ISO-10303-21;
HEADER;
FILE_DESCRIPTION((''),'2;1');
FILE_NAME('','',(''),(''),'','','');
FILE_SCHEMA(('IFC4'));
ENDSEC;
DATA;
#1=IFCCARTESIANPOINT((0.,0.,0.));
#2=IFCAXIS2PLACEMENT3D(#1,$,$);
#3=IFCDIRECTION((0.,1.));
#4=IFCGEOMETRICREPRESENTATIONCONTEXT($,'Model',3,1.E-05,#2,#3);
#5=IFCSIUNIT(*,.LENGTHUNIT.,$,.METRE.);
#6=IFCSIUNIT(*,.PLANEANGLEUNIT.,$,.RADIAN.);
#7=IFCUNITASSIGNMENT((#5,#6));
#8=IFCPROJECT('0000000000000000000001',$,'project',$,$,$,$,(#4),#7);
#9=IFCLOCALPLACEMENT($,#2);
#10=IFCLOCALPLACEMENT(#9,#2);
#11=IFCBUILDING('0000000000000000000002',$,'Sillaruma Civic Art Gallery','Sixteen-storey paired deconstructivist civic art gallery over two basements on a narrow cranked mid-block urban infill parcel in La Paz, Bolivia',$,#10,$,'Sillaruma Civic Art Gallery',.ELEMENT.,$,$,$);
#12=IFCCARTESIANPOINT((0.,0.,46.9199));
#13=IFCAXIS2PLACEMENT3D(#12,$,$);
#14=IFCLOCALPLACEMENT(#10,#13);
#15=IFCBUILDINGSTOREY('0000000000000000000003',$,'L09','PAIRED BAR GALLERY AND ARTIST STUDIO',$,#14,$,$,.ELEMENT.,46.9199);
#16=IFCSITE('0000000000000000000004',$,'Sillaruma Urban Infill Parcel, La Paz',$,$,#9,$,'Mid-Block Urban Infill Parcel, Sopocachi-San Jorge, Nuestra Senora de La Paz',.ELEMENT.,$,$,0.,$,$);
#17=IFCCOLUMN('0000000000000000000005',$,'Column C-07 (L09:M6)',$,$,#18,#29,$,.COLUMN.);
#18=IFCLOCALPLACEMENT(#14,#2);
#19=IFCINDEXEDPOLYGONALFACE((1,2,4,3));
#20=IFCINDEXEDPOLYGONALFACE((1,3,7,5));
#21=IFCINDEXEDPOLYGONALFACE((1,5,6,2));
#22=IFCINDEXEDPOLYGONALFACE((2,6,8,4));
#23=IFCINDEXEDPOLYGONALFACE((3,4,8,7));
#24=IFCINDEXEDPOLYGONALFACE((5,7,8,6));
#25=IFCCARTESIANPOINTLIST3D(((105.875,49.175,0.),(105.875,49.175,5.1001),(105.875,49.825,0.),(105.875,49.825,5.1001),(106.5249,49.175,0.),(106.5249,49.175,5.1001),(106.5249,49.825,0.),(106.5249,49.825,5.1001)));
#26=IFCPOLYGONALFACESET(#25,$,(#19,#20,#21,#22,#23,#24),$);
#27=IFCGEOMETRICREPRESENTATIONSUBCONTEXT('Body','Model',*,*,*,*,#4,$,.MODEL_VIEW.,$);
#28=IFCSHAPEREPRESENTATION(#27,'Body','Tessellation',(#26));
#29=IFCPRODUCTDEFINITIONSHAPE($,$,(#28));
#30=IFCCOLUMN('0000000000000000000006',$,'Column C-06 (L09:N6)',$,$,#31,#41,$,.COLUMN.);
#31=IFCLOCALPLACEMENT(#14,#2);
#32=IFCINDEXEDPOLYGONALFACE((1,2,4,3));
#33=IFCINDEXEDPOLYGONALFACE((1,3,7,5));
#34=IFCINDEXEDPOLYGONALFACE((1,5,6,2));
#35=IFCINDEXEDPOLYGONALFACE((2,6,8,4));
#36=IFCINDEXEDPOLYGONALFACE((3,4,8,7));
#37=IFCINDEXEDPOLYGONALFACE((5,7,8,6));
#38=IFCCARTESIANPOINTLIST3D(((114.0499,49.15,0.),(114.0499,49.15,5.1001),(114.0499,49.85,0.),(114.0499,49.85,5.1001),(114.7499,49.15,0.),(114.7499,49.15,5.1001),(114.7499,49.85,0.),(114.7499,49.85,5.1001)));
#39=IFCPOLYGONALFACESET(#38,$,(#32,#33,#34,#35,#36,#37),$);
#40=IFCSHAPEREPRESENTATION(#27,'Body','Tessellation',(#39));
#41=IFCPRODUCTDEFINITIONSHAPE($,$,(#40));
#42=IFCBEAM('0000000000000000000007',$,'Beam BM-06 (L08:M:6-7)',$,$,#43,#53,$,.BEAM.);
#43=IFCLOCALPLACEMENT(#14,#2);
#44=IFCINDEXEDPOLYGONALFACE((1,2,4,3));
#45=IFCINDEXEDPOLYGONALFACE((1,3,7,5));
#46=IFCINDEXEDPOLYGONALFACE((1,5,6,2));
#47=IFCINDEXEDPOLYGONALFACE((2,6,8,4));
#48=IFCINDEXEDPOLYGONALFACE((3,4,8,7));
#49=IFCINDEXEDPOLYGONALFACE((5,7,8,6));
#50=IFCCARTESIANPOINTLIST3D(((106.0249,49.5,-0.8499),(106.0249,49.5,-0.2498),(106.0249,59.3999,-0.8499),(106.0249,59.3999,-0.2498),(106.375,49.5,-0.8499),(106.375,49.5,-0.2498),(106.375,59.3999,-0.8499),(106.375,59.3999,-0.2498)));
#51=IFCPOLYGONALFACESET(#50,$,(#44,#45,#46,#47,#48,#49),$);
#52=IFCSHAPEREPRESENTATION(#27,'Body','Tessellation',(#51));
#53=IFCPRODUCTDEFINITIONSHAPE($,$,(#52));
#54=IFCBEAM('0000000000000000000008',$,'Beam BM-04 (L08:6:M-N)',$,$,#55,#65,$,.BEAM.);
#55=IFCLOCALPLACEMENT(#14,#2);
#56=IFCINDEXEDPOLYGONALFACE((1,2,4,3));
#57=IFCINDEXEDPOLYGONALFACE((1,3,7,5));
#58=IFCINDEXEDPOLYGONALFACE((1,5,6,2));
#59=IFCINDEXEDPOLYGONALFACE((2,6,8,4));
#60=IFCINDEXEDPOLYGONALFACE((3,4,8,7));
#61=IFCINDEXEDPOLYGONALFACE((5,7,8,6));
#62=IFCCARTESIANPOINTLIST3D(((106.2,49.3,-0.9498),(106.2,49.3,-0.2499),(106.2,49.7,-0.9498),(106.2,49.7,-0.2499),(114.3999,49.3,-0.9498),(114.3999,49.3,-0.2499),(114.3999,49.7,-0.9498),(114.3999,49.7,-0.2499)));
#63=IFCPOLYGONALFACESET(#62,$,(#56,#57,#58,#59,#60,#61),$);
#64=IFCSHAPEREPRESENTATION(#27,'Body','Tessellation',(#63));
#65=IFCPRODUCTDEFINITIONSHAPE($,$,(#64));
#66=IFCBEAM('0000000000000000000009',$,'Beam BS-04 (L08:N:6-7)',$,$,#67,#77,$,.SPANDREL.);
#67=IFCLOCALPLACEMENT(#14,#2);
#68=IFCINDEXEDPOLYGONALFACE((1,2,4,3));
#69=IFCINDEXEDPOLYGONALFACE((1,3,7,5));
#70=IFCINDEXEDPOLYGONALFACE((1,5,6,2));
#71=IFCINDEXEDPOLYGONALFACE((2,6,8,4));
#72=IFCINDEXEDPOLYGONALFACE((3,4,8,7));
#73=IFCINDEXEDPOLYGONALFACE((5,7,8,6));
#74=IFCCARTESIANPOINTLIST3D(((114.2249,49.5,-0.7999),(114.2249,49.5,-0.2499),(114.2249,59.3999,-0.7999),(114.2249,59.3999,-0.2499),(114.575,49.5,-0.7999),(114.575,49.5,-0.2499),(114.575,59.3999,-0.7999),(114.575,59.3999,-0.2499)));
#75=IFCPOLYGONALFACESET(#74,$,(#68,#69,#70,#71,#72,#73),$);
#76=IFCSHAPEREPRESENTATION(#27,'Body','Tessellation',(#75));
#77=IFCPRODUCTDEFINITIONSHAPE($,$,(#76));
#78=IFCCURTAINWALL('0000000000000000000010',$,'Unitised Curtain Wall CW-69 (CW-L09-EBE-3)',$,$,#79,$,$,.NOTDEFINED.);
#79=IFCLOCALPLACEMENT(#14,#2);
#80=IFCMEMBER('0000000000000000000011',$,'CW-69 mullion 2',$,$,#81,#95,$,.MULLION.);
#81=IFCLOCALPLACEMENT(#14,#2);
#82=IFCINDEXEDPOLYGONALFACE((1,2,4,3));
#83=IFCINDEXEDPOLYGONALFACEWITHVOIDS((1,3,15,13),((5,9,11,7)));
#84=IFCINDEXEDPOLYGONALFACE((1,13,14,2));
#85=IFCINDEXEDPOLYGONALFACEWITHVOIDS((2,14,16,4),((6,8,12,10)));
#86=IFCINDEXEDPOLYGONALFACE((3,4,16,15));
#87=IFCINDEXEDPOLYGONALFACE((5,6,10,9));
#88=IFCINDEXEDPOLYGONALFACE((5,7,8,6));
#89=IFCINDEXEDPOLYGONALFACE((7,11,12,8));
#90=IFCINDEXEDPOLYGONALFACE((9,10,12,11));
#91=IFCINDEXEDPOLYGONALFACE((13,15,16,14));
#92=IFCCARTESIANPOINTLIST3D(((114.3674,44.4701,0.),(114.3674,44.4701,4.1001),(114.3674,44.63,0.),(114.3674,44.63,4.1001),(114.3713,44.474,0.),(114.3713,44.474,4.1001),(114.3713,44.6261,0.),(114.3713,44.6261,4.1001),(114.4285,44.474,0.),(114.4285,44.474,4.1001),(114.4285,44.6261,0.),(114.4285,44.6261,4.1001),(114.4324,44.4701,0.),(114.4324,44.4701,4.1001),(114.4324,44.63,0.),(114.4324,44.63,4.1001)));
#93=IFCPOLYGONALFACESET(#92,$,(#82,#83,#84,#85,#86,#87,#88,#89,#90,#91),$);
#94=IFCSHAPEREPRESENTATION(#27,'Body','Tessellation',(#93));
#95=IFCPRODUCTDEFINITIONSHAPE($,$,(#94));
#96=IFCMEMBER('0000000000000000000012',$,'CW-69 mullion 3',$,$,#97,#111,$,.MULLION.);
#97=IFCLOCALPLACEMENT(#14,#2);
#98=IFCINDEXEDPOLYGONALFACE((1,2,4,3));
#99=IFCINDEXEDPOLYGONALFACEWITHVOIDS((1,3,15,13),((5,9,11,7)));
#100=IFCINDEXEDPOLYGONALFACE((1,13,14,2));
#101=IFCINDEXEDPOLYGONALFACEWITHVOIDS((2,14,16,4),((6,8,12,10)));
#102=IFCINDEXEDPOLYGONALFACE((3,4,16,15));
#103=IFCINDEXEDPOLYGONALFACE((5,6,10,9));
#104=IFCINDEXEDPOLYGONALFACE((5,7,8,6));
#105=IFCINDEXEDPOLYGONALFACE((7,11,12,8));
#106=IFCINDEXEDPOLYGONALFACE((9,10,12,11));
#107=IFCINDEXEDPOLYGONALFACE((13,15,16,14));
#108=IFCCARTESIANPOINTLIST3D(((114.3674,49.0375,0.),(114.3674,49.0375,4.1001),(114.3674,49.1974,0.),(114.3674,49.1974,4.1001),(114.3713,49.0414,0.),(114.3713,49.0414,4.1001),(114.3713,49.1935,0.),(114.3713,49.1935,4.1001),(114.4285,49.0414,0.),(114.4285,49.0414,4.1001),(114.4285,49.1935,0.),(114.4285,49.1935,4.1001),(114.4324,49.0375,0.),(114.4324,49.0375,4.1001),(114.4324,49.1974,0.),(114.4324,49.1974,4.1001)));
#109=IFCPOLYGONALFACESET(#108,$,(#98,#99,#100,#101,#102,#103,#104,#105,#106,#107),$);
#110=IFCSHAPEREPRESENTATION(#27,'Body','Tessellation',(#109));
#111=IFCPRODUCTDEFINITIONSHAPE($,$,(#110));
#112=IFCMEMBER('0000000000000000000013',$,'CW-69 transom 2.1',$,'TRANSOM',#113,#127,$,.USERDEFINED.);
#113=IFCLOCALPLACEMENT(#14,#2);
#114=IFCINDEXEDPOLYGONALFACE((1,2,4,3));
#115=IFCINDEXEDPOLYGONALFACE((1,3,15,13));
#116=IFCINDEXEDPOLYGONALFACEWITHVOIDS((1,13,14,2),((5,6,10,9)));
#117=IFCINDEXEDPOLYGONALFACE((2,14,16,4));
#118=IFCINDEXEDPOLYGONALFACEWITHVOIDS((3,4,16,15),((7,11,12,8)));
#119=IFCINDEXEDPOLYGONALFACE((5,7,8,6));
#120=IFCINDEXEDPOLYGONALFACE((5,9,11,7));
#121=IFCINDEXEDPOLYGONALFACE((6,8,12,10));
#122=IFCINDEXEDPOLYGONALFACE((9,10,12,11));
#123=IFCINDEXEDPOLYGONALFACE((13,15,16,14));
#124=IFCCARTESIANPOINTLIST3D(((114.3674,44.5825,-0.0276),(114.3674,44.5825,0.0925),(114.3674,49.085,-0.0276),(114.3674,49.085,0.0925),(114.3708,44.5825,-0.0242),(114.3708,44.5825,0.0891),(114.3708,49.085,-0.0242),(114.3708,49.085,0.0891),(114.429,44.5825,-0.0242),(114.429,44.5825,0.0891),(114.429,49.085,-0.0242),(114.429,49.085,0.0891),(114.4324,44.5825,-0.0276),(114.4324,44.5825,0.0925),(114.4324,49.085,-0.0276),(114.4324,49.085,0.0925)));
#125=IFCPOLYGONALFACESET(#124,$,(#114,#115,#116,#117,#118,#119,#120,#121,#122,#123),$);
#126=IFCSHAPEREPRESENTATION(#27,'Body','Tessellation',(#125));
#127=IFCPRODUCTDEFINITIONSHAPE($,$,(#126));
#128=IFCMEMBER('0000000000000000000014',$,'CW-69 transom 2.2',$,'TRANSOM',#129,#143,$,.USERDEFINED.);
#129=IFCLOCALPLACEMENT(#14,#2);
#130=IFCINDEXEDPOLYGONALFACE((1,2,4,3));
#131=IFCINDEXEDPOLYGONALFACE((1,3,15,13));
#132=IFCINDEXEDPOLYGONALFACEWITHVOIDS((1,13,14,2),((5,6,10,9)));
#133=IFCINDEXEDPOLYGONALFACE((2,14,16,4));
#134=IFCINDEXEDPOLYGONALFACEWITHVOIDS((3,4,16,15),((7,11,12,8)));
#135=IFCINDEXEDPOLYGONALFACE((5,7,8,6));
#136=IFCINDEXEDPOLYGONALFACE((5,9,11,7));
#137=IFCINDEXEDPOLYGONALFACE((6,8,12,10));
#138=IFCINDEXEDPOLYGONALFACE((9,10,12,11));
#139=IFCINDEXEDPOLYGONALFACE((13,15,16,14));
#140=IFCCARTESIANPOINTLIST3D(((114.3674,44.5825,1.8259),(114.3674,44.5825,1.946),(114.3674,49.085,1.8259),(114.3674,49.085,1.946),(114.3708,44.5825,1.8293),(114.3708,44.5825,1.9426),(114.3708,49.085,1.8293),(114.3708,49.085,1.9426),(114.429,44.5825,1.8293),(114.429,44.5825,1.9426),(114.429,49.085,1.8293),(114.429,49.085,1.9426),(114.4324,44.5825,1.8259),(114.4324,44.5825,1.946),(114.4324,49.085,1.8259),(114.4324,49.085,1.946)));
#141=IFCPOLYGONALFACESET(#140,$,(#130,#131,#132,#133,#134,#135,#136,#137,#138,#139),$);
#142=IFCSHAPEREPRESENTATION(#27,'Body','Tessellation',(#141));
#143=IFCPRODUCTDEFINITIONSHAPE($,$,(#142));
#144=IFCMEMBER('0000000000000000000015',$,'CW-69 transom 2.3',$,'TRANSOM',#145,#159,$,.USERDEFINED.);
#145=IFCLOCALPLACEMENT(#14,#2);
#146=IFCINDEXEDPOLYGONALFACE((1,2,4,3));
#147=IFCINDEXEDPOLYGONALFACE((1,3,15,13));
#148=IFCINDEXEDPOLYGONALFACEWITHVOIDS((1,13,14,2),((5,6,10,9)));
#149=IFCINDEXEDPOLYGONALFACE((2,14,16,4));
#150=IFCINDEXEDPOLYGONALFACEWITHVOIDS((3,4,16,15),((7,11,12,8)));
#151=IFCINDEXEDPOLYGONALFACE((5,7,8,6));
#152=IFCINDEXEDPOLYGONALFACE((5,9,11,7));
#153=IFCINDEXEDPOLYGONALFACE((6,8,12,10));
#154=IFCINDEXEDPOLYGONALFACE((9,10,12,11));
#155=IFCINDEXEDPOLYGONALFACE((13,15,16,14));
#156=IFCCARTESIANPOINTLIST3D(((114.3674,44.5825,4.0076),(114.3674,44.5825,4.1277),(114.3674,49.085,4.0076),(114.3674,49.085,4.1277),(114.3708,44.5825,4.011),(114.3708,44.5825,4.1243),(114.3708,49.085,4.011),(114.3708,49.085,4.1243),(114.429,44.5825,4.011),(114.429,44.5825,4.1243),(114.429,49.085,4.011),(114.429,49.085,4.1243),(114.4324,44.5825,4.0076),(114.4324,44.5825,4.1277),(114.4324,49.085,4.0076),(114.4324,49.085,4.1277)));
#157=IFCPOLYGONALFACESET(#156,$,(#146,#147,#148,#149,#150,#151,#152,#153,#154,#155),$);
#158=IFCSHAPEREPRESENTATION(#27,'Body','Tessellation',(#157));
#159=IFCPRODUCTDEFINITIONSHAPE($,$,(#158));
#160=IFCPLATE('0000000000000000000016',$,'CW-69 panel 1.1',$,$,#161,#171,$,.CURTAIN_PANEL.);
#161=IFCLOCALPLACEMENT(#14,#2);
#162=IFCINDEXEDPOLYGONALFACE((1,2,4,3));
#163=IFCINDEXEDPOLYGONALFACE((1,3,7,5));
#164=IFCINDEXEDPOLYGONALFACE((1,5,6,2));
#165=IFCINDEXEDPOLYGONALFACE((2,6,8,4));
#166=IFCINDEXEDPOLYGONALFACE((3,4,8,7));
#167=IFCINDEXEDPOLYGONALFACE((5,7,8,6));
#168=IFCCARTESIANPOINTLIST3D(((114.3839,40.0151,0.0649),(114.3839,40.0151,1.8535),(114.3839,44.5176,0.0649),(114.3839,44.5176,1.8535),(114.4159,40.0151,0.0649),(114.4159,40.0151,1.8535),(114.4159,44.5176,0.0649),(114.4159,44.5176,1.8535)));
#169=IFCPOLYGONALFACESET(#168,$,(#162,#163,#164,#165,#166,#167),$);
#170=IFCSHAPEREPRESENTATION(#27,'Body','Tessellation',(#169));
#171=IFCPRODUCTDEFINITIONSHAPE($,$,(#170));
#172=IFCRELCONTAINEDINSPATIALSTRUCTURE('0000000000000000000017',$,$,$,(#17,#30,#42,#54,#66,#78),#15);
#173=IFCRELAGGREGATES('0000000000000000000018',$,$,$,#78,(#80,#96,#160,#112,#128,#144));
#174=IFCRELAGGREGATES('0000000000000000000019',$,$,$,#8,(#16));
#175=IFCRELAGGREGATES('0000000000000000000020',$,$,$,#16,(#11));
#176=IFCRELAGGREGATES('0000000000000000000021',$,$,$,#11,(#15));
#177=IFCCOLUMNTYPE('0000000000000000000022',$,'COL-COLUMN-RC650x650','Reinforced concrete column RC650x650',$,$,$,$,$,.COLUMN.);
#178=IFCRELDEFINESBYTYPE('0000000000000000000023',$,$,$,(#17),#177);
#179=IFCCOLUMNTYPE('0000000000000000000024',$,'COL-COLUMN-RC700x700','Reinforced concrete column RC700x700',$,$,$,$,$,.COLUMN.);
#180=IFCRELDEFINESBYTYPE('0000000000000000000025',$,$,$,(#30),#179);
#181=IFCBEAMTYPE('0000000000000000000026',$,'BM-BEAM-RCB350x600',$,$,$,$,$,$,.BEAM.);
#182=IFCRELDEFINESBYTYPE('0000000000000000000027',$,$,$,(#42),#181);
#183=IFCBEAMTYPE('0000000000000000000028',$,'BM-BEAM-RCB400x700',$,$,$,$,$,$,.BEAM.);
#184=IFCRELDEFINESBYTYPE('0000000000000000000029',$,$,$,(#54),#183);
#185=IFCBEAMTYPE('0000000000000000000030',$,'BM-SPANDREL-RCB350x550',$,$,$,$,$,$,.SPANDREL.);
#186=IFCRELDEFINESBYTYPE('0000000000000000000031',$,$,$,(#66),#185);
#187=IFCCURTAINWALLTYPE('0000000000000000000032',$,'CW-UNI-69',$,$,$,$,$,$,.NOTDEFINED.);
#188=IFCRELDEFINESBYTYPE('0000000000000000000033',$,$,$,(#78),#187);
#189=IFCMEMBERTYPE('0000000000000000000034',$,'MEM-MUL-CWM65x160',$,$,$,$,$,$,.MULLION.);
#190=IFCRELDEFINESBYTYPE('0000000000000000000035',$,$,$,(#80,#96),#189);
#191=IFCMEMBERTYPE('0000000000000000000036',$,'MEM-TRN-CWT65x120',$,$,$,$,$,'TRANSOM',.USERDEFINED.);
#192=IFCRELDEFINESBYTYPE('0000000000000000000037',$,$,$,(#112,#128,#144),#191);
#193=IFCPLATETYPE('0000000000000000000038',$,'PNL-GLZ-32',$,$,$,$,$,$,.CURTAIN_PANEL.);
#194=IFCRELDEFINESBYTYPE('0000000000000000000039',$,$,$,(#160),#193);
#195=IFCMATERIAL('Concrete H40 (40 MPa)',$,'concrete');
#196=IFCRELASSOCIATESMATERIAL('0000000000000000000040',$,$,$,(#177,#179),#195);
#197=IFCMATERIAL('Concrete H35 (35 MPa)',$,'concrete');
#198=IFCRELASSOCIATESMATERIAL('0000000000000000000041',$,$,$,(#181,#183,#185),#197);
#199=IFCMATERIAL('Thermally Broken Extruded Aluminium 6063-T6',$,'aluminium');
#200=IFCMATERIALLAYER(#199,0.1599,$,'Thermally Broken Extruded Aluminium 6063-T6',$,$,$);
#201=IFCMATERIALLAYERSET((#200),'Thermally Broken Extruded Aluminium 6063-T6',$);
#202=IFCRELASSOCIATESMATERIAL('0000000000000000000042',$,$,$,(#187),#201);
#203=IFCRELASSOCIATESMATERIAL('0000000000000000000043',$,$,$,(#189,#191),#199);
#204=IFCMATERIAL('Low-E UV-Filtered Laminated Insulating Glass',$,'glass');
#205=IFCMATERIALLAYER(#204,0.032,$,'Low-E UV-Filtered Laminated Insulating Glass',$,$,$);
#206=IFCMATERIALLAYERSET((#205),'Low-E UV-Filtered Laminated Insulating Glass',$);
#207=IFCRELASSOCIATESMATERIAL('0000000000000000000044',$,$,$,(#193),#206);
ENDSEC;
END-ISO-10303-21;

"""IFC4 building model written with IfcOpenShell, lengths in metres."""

from ifc_helpers import new_model, si_unit, direction, frame, origin, origin_2d, place, context, subcontext, project, spatial, rectangle, hollow_rectangle, extrude, material, layer, layer_set, material_profile, profile_set, type_object, element, aggregate, save


model = new_model("IFC4")

# Units and contexts
model_context = context("Model", 3, precision=1e-05, world=origin(), true_north=direction((0.0, 1.0)))
body_context = subcontext(model_context, "Body", "Model", "MODEL_VIEW")
ifc_project = project(units=[si_unit("LENGTHUNIT", "METRE"), si_unit("PLANEANGLEUNIT", "RADIAN")], contexts=[model_context])

# Site, building, storey
site_placement = place(None, origin())
site = spatial("IfcSite", under=ifc_project, at=site_placement, Name="Sillaruma Urban Infill Parcel, La Paz", LongName="Mid-Block Urban Infill Parcel, Sopocachi-San Jorge, Nuestra Senora de La Paz", CompositionType="ELEMENT", RefElevation=0.0)
building_placement = place(site_placement, origin())
building = spatial("IfcBuilding", under=site, at=building_placement, Name="Sillaruma Civic Art Gallery", Description="Sixteen-storey paired deconstructivist civic art gallery over two basements on a narrow cranked mid-block urban infill parcel in La Paz, Bolivia", LongName="Sillaruma Civic Art Gallery", CompositionType="ELEMENT")
storey_placement = place(building_placement, frame((0.0, 0.0, 46.9199)))
storey = spatial("IfcBuildingStorey", under=building, at=storey_placement, Name="L09", Description="PAIRED BAR GALLERY AND ARTIST STUDIO", CompositionType="ELEMENT", Elevation=46.9199)

# Columns
ifc_material_1 = material(Name="Concrete H40 (40 MPa)", Category="concrete")
ifc_material_profile_1 = material_profile(ifc_material_1, rectangle(XDim=0.6499, YDim=0.6499, at=origin_2d()), Name="RC650x650")
ifc_profile_set_1 = profile_set([ifc_material_profile_1], Name="Concrete H40 (40 MPa)")
column_type_1 = type_object("IfcColumnType", Name="COL-COLUMN-RC650x650", Description="Reinforced concrete column RC650x650", PredefinedType="COLUMN", material=ifc_profile_set_1)
column_1_placement = place(storey_placement, frame((106.2, 49.5, 0.0), z_axis=(0.0, 0.0, 1.0), x_axis=(1.0, 0.0, 0.0)))
element("IfcColumn", 1, at=column_1_placement, inside=storey, type_object=column_type_1, Name="Column C-07 (L09:M6)", PredefinedType="COLUMN", context=body_context, shape_type="SweptSolid", body=[
    extrude(rectangle(XDim=0.6499, YDim=0.6499, at=origin_2d()), origin(), (0.0, 0.0, 1.0), 5.1001),
])
ifc_material_profile_2 = material_profile(ifc_material_1, rectangle(XDim=0.7, YDim=0.7, at=origin_2d()), Name="RC700x700")
ifc_profile_set_2 = profile_set([ifc_material_profile_2], Name="Concrete H40 (40 MPa)")
column_type_2 = type_object("IfcColumnType", Name="COL-COLUMN-RC700x700", Description="Reinforced concrete column RC700x700", PredefinedType="COLUMN", material=ifc_profile_set_2)
column_2_placement = place(storey_placement, frame((114.3999, 49.5, 0.0), z_axis=(0.0, 0.0, 1.0), x_axis=(1.0, 0.0, 0.0)))
element("IfcColumn", 2, at=column_2_placement, inside=storey, type_object=column_type_2, Name="Column C-06 (L09:N6)", PredefinedType="COLUMN", context=body_context, shape_type="SweptSolid", body=[
    extrude(rectangle(XDim=0.7, YDim=0.7, at=origin_2d()), origin(), (0.0, 0.0, 1.0), 5.1001),
])

# Beams
ifc_material_2 = material(Name="Concrete H35 (35 MPa)", Category="concrete")
ifc_material_profile_3 = material_profile(ifc_material_2, rectangle(XDim=0.3501, YDim=0.6001, at=origin_2d()), Name="RCB350x600")
ifc_profile_set_3 = profile_set([ifc_material_profile_3], Name="Concrete H35 (35 MPa)")
beam_type_1 = type_object("IfcBeamType", Name="BM-BEAM-RCB350x600", PredefinedType="BEAM", material=ifc_profile_set_3)
beam_1_placement = place(storey_placement, frame((106.2, 49.5, -0.5498), z_axis=(0.0, 1.0, 0.0), x_axis=(-1.0, 0.0, 0.0)))
element("IfcBeam", 3, at=beam_1_placement, inside=storey, type_object=beam_type_1, Name="Beam BM-06 (L08:M:6-7)", PredefinedType="BEAM", context=body_context, shape_type="SweptSolid", body=[
    extrude(rectangle(XDim=0.3501, YDim=0.6001, at=origin_2d()), origin(), (0.0, 0.0, 1.0), 9.8999),
])
ifc_material_profile_4 = material_profile(ifc_material_2, rectangle(XDim=0.3999, YDim=0.7, at=origin_2d()), Name="RCB400x700")
ifc_profile_set_4 = profile_set([ifc_material_profile_4], Name="Concrete H35 (35 MPa)")
beam_type_2 = type_object("IfcBeamType", Name="BM-BEAM-RCB400x700", PredefinedType="BEAM", material=ifc_profile_set_4)
beam_2_placement = place(storey_placement, frame((106.2, 49.5, -0.5999), z_axis=(1.0, 0.0, 0.0), x_axis=(0.0, 1.0, 0.0)))
element("IfcBeam", 4, at=beam_2_placement, inside=storey, type_object=beam_type_2, Name="Beam BM-04 (L08:6:M-N)", PredefinedType="BEAM", context=body_context, shape_type="SweptSolid", body=[
    extrude(rectangle(XDim=0.3999, YDim=0.7, at=origin_2d()), origin(), (0.0, 0.0, 1.0), 8.2),
])
ifc_material_profile_5 = material_profile(ifc_material_2, rectangle(XDim=0.3501, YDim=0.55, at=origin_2d()), Name="RCB350x550")
ifc_profile_set_5 = profile_set([ifc_material_profile_5], Name="Concrete H35 (35 MPa)")
beam_type_3 = type_object("IfcBeamType", Name="BM-SPANDREL-RCB350x550", PredefinedType="SPANDREL", material=ifc_profile_set_5)
beam_3_placement = place(storey_placement, frame((114.3999, 49.5, -0.5249), z_axis=(0.0, 1.0, 0.0), x_axis=(-1.0, 0.0, 0.0)))
element("IfcBeam", 5, at=beam_3_placement, inside=storey, type_object=beam_type_3, Name="Beam BS-04 (L08:N:6-7)", PredefinedType="SPANDREL", context=body_context, shape_type="SweptSolid", body=[
    extrude(rectangle(XDim=0.3501, YDim=0.55, at=origin_2d()), origin(), (0.0, 0.0, 1.0), 9.8999),
])

# Curtain wall, members, plate
ifc_material_3 = material(Name="Thermally Broken Extruded Aluminium 6063-T6", Category="aluminium")
ifc_layer_1 = layer(ifc_material_3, 0.1599, Name="Thermally Broken Extruded Aluminium 6063-T6")
ifc_layer_set_1 = layer_set([ifc_layer_1], Name="Thermally Broken Extruded Aluminium 6063-T6")
curtain_wall_type = type_object("IfcCurtainWallType", Name="CW-UNI-69", PredefinedType="NOTDEFINED", material=ifc_layer_set_1)
curtain_wall_placement = place(storey_placement, origin())
curtain_wall = element("IfcCurtainWall", 6, at=curtain_wall_placement, inside=storey, type_object=curtain_wall_type, Name="Unitised Curtain Wall CW-69 (CW-L09-EBE-3)", PredefinedType="NOTDEFINED")
ifc_material_profile_6 = material_profile(ifc_material_3, hollow_rectangle(XDim=0.0649, YDim=0.1599, WallThickness=0.0039, at=origin_2d()), Name="CWM65x160")
ifc_profile_set_6 = profile_set([ifc_material_profile_6], Name="Thermally Broken Extruded Aluminium 6063-T6")
member_type_1 = type_object("IfcMemberType", Name="MEM-MUL-CWM65x160", PredefinedType="MULLION", material=ifc_profile_set_6)
member_1_placement = place(storey_placement, frame((114.3999, 44.55, 0.0), z_axis=(0.0, 0.0, 1.0), x_axis=(-1.0, 0.0, 0.0)))
member_1 = element("IfcMember", 7, at=member_1_placement, type_object=member_type_1, Name="CW-69 mullion 2", PredefinedType="MULLION", context=body_context, shape_type="SweptSolid", body=[
    extrude(hollow_rectangle(XDim=0.0649, YDim=0.1599, WallThickness=0.0039, at=origin_2d()), origin(), (0.0, 0.0, 1.0), 4.1001),
])
member_2_placement = place(storey_placement, frame((114.3999, 49.1174, 0.0), z_axis=(0.0, 0.0, 1.0), x_axis=(-1.0, 0.0, 0.0)))
member_2 = element("IfcMember", 8, at=member_2_placement, type_object=member_type_1, Name="CW-69 mullion 3", PredefinedType="MULLION", context=body_context, shape_type="SweptSolid", body=[
    extrude(hollow_rectangle(XDim=0.0649, YDim=0.1599, WallThickness=0.0039, at=origin_2d()), origin(), (0.0, 0.0, 1.0), 4.1001),
])
ifc_material_profile_7 = material_profile(ifc_material_3, hollow_rectangle(XDim=0.0649, YDim=0.1201, WallThickness=0.0034, at=origin_2d()), Name="CWT65x120")
ifc_profile_set_7 = profile_set([ifc_material_profile_7], Name="Thermally Broken Extruded Aluminium 6063-T6")
member_type_2 = type_object("IfcMemberType", Name="MEM-TRN-CWT65x120", ElementType="TRANSOM", PredefinedType="USERDEFINED", material=ifc_profile_set_7)
member_3_placement = place(storey_placement, frame((114.3999, 44.5825, 0.0325), z_axis=(0.0, 1.0, 0.0), x_axis=(-1.0, 0.0, 0.0)))
member_3 = element("IfcMember", 9, at=member_3_placement, type_object=member_type_2, Name="CW-69 transom 2.1", ObjectType="TRANSOM", PredefinedType="USERDEFINED", context=body_context, shape_type="SweptSolid", body=[
    extrude(hollow_rectangle(XDim=0.0649, YDim=0.1201, WallThickness=0.0034, at=origin_2d()), origin(), (0.0, 0.0, 1.0), 4.5024),
])
member_4_placement = place(storey_placement, frame((114.3999, 44.5825, 1.886), z_axis=(0.0, 1.0, 0.0), x_axis=(-1.0, 0.0, 0.0)))
member_4 = element("IfcMember", 10, at=member_4_placement, type_object=member_type_2, Name="CW-69 transom 2.2", ObjectType="TRANSOM", PredefinedType="USERDEFINED", context=body_context, shape_type="SweptSolid", body=[
    extrude(hollow_rectangle(XDim=0.0649, YDim=0.1201, WallThickness=0.0034, at=origin_2d()), origin(), (0.0, 0.0, 1.0), 4.5024),
])
member_5_placement = place(storey_placement, frame((114.3999, 44.5825, 4.0676), z_axis=(0.0, 1.0, 0.0), x_axis=(-1.0, 0.0, 0.0)))
member_5 = element("IfcMember", 11, at=member_5_placement, type_object=member_type_2, Name="CW-69 transom 2.3", ObjectType="TRANSOM", PredefinedType="USERDEFINED", context=body_context, shape_type="SweptSolid", body=[
    extrude(hollow_rectangle(XDim=0.0649, YDim=0.1201, WallThickness=0.0034, at=origin_2d()), origin(), (0.0, 0.0, 1.0), 4.5024),
])
ifc_material_4 = material(Name="Low-E UV-Filtered Laminated Insulating Glass", Category="glass")
ifc_layer_2 = layer(ifc_material_4, 0.032, Name="Low-E UV-Filtered Laminated Insulating Glass")
ifc_layer_set_2 = layer_set([ifc_layer_2], Name="Low-E UV-Filtered Laminated Insulating Glass")
plate_type = type_object("IfcPlateType", Name="PNL-GLZ-32", PredefinedType="CURTAIN_PANEL", material=ifc_layer_set_2)
plate_1_placement = place(storey_placement, frame((114.3999, 42.2664, 0.0649), z_axis=(0.0, 0.0, 1.0), x_axis=(0.0, 1.0, 0.0)))
plate_1 = element("IfcPlate", 12, at=plate_1_placement, type_object=plate_type, Name="CW-69 panel 1.1", PredefinedType="CURTAIN_PANEL", context=body_context, shape_type="SweptSolid", body=[
    extrude(rectangle(XDim=4.5024, YDim=0.032, at=origin_2d()), origin(), (0.0, 0.0, 1.0), 1.7886),
])
aggregate(curtain_wall, [member_1, member_2, plate_1, member_3, member_4, member_5])

save(model, "model.ifc")
